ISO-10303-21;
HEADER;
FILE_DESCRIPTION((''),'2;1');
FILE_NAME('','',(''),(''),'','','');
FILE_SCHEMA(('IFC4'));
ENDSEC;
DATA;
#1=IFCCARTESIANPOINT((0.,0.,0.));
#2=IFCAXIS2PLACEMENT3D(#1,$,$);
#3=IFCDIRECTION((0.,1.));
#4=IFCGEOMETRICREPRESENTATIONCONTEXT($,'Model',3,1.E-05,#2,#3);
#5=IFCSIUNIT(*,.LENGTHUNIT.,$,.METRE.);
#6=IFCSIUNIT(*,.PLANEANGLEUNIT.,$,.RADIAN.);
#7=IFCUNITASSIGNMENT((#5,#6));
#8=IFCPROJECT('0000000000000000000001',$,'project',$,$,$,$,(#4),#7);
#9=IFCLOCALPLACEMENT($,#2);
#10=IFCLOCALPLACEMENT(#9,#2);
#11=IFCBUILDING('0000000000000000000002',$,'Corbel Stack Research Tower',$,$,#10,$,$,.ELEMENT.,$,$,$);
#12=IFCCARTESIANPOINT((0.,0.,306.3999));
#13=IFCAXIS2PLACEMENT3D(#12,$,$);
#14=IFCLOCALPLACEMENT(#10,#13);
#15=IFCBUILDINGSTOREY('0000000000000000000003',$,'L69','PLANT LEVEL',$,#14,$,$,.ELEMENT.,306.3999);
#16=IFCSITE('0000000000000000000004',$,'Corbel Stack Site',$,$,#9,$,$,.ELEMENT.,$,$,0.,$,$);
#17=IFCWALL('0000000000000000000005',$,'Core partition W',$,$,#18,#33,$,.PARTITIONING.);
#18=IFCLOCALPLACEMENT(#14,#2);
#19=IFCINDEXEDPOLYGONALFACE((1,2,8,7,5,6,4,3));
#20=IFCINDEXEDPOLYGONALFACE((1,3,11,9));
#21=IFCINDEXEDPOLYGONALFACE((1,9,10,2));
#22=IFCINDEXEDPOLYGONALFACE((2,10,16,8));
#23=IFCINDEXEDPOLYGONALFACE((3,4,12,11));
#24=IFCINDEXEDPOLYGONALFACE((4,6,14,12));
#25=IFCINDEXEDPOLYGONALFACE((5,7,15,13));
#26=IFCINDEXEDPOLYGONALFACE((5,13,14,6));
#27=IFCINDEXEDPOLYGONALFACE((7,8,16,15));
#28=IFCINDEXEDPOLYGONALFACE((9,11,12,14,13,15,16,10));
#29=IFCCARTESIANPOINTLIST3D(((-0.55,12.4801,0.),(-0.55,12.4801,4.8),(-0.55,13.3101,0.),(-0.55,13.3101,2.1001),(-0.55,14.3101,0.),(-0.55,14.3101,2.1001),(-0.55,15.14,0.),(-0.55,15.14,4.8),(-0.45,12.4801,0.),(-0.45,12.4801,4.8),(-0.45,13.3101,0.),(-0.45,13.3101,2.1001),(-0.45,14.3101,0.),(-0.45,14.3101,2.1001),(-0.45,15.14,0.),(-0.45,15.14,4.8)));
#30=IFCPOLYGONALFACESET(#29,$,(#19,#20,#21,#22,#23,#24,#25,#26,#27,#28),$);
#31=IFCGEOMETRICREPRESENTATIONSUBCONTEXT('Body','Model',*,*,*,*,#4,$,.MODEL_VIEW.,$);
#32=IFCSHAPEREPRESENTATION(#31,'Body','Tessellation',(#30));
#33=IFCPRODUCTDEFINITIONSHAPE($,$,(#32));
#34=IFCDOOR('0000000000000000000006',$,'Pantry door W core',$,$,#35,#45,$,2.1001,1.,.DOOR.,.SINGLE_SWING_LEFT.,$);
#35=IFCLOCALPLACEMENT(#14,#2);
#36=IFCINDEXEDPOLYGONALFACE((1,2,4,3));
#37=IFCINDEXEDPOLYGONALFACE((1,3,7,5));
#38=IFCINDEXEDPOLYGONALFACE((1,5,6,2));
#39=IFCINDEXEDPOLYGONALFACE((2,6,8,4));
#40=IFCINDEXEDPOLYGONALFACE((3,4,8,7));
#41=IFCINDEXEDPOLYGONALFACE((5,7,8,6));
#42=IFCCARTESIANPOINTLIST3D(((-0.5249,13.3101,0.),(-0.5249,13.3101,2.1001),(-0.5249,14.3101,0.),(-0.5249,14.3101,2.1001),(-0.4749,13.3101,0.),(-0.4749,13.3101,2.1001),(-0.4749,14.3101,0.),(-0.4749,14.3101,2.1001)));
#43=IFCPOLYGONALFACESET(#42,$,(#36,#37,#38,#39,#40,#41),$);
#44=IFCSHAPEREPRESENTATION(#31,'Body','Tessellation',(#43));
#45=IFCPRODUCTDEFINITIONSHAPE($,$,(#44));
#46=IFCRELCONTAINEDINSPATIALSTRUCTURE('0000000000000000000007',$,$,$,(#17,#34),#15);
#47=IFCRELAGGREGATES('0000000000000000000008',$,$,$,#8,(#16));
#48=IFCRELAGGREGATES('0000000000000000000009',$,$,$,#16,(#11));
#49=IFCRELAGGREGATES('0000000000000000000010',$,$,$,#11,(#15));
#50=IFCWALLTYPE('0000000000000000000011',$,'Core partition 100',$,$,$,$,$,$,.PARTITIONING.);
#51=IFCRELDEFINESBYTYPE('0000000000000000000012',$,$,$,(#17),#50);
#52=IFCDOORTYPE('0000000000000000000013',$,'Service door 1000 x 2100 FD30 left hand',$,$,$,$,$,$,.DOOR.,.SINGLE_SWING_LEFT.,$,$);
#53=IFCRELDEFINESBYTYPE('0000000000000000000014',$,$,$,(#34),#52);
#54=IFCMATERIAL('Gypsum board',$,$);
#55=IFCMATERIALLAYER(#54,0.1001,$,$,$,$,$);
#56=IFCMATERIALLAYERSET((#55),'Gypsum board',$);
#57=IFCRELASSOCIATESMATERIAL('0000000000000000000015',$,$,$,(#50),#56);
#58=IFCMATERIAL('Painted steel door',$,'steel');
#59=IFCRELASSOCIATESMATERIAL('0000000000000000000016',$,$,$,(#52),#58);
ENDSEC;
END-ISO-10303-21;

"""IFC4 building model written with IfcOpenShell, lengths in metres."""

from ifc_helpers import new_model, si_unit, direction, frame, frame_2d, origin, place, context, subcontext, project, spatial, rectangle, extrude, material, layer, layer_set, type_object, element, fill, save


model = new_model("IFC4")

# Units and contexts
model_context = context("Model", 3, precision=1e-05, world=origin(), true_north=direction((0.0, 1.0)))
body_context = subcontext(model_context, "Body", "Model", "MODEL_VIEW")
ifc_project = project(units=[si_unit("LENGTHUNIT", "METRE"), si_unit("PLANEANGLEUNIT", "RADIAN")], contexts=[model_context])

# Site, building, storey
site_placement = place(None, origin())
site = spatial("IfcSite", under=ifc_project, at=site_placement, Name="Corbel Stack Site", CompositionType="ELEMENT", RefElevation=0.0)
building_placement = place(site_placement, origin())
building = spatial("IfcBuilding", under=site, at=building_placement, Name="Corbel Stack Research Tower", CompositionType="ELEMENT")
storey_placement = place(building_placement, frame((0.0, 0.0, 306.3999)))
storey = spatial("IfcBuildingStorey", under=building, at=storey_placement, Name="L69", Description="PLANT LEVEL", CompositionType="ELEMENT", Elevation=306.3999)

# Shared definitions
ifc_material_1 = material(Name="Gypsum board")
ifc_layer_1 = layer(ifc_material_1, 0.1001)
ifc_layer_set_1 = layer_set([ifc_layer_1], Name="Gypsum board")
wall_type_1 = type_object("IfcWallType", Name="Core partition 100", PredefinedType="PARTITIONING", material=ifc_layer_set_1)

# Wall, opening, door
wall_1_placement = place(storey_placement, frame((-0.5, 12.48, 0.0), z_axis=(0.0, 0.0, 1.0), x_axis=(0.0, 1.0, 0.0)))
wall_1 = element("IfcWall", 1, at=wall_1_placement, inside=storey, type_object=wall_type_1, Name="Core partition W", PredefinedType="PARTITIONING", context=body_context, shape_type="SweptSolid", body=[
    extrude(rectangle(XDim=2.6599, YDim=0.1001, at=frame_2d((1.3301, 0.0))), origin(), (0.0, 0.0, 1.0), 4.8),
])
opening_1_placement = place(wall_1_placement, frame((0.8301, 0.0, 0.0)))
opening_1 = element("IfcOpeningElement", 2, at=opening_1_placement, cuts=wall_1, PredefinedType="OPENING", context=body_context, shape_type="SweptSolid", body=[
    extrude(rectangle(XDim=1.0, YDim=2.1001, at=frame_2d((0.5, 1.05))), frame((0.0, 0.0601, 0.0), z_axis=(0.0, -1.0, 0.0), x_axis=(1.0, 0.0, 0.0)), (0.0, 0.0, 1.0), 0.1201),
])
ifc_material_2 = material(Name="Painted steel door", Category="steel")
door_type_1 = type_object("IfcDoorType", Name="Service door 1000 x 2100 FD30 left hand", OperationType="SINGLE_SWING_LEFT", PredefinedType="DOOR", material=ifc_material_2)
door_1_placement = place(opening_1_placement, origin())
door_1 = element("IfcDoor", 3, at=door_1_placement, inside=storey, type_object=door_type_1, Name="Pantry door W core", OperationType="SINGLE_SWING_LEFT", OverallHeight=2.1001, OverallWidth=1.0, PredefinedType="DOOR", context=body_context, shape_type="SweptSolid", body=[
    extrude(rectangle(XDim=1.0, YDim=2.1001, at=frame_2d((0.5, 1.05))), frame((0.0, 0.0249, 0.0), z_axis=(0.0, -1.0, 0.0), x_axis=(1.0, 0.0, 0.0)), (0.0, 0.0, 1.0), 0.05),
])
fill(opening_1, door_1)

save(model, "model.ifc")
